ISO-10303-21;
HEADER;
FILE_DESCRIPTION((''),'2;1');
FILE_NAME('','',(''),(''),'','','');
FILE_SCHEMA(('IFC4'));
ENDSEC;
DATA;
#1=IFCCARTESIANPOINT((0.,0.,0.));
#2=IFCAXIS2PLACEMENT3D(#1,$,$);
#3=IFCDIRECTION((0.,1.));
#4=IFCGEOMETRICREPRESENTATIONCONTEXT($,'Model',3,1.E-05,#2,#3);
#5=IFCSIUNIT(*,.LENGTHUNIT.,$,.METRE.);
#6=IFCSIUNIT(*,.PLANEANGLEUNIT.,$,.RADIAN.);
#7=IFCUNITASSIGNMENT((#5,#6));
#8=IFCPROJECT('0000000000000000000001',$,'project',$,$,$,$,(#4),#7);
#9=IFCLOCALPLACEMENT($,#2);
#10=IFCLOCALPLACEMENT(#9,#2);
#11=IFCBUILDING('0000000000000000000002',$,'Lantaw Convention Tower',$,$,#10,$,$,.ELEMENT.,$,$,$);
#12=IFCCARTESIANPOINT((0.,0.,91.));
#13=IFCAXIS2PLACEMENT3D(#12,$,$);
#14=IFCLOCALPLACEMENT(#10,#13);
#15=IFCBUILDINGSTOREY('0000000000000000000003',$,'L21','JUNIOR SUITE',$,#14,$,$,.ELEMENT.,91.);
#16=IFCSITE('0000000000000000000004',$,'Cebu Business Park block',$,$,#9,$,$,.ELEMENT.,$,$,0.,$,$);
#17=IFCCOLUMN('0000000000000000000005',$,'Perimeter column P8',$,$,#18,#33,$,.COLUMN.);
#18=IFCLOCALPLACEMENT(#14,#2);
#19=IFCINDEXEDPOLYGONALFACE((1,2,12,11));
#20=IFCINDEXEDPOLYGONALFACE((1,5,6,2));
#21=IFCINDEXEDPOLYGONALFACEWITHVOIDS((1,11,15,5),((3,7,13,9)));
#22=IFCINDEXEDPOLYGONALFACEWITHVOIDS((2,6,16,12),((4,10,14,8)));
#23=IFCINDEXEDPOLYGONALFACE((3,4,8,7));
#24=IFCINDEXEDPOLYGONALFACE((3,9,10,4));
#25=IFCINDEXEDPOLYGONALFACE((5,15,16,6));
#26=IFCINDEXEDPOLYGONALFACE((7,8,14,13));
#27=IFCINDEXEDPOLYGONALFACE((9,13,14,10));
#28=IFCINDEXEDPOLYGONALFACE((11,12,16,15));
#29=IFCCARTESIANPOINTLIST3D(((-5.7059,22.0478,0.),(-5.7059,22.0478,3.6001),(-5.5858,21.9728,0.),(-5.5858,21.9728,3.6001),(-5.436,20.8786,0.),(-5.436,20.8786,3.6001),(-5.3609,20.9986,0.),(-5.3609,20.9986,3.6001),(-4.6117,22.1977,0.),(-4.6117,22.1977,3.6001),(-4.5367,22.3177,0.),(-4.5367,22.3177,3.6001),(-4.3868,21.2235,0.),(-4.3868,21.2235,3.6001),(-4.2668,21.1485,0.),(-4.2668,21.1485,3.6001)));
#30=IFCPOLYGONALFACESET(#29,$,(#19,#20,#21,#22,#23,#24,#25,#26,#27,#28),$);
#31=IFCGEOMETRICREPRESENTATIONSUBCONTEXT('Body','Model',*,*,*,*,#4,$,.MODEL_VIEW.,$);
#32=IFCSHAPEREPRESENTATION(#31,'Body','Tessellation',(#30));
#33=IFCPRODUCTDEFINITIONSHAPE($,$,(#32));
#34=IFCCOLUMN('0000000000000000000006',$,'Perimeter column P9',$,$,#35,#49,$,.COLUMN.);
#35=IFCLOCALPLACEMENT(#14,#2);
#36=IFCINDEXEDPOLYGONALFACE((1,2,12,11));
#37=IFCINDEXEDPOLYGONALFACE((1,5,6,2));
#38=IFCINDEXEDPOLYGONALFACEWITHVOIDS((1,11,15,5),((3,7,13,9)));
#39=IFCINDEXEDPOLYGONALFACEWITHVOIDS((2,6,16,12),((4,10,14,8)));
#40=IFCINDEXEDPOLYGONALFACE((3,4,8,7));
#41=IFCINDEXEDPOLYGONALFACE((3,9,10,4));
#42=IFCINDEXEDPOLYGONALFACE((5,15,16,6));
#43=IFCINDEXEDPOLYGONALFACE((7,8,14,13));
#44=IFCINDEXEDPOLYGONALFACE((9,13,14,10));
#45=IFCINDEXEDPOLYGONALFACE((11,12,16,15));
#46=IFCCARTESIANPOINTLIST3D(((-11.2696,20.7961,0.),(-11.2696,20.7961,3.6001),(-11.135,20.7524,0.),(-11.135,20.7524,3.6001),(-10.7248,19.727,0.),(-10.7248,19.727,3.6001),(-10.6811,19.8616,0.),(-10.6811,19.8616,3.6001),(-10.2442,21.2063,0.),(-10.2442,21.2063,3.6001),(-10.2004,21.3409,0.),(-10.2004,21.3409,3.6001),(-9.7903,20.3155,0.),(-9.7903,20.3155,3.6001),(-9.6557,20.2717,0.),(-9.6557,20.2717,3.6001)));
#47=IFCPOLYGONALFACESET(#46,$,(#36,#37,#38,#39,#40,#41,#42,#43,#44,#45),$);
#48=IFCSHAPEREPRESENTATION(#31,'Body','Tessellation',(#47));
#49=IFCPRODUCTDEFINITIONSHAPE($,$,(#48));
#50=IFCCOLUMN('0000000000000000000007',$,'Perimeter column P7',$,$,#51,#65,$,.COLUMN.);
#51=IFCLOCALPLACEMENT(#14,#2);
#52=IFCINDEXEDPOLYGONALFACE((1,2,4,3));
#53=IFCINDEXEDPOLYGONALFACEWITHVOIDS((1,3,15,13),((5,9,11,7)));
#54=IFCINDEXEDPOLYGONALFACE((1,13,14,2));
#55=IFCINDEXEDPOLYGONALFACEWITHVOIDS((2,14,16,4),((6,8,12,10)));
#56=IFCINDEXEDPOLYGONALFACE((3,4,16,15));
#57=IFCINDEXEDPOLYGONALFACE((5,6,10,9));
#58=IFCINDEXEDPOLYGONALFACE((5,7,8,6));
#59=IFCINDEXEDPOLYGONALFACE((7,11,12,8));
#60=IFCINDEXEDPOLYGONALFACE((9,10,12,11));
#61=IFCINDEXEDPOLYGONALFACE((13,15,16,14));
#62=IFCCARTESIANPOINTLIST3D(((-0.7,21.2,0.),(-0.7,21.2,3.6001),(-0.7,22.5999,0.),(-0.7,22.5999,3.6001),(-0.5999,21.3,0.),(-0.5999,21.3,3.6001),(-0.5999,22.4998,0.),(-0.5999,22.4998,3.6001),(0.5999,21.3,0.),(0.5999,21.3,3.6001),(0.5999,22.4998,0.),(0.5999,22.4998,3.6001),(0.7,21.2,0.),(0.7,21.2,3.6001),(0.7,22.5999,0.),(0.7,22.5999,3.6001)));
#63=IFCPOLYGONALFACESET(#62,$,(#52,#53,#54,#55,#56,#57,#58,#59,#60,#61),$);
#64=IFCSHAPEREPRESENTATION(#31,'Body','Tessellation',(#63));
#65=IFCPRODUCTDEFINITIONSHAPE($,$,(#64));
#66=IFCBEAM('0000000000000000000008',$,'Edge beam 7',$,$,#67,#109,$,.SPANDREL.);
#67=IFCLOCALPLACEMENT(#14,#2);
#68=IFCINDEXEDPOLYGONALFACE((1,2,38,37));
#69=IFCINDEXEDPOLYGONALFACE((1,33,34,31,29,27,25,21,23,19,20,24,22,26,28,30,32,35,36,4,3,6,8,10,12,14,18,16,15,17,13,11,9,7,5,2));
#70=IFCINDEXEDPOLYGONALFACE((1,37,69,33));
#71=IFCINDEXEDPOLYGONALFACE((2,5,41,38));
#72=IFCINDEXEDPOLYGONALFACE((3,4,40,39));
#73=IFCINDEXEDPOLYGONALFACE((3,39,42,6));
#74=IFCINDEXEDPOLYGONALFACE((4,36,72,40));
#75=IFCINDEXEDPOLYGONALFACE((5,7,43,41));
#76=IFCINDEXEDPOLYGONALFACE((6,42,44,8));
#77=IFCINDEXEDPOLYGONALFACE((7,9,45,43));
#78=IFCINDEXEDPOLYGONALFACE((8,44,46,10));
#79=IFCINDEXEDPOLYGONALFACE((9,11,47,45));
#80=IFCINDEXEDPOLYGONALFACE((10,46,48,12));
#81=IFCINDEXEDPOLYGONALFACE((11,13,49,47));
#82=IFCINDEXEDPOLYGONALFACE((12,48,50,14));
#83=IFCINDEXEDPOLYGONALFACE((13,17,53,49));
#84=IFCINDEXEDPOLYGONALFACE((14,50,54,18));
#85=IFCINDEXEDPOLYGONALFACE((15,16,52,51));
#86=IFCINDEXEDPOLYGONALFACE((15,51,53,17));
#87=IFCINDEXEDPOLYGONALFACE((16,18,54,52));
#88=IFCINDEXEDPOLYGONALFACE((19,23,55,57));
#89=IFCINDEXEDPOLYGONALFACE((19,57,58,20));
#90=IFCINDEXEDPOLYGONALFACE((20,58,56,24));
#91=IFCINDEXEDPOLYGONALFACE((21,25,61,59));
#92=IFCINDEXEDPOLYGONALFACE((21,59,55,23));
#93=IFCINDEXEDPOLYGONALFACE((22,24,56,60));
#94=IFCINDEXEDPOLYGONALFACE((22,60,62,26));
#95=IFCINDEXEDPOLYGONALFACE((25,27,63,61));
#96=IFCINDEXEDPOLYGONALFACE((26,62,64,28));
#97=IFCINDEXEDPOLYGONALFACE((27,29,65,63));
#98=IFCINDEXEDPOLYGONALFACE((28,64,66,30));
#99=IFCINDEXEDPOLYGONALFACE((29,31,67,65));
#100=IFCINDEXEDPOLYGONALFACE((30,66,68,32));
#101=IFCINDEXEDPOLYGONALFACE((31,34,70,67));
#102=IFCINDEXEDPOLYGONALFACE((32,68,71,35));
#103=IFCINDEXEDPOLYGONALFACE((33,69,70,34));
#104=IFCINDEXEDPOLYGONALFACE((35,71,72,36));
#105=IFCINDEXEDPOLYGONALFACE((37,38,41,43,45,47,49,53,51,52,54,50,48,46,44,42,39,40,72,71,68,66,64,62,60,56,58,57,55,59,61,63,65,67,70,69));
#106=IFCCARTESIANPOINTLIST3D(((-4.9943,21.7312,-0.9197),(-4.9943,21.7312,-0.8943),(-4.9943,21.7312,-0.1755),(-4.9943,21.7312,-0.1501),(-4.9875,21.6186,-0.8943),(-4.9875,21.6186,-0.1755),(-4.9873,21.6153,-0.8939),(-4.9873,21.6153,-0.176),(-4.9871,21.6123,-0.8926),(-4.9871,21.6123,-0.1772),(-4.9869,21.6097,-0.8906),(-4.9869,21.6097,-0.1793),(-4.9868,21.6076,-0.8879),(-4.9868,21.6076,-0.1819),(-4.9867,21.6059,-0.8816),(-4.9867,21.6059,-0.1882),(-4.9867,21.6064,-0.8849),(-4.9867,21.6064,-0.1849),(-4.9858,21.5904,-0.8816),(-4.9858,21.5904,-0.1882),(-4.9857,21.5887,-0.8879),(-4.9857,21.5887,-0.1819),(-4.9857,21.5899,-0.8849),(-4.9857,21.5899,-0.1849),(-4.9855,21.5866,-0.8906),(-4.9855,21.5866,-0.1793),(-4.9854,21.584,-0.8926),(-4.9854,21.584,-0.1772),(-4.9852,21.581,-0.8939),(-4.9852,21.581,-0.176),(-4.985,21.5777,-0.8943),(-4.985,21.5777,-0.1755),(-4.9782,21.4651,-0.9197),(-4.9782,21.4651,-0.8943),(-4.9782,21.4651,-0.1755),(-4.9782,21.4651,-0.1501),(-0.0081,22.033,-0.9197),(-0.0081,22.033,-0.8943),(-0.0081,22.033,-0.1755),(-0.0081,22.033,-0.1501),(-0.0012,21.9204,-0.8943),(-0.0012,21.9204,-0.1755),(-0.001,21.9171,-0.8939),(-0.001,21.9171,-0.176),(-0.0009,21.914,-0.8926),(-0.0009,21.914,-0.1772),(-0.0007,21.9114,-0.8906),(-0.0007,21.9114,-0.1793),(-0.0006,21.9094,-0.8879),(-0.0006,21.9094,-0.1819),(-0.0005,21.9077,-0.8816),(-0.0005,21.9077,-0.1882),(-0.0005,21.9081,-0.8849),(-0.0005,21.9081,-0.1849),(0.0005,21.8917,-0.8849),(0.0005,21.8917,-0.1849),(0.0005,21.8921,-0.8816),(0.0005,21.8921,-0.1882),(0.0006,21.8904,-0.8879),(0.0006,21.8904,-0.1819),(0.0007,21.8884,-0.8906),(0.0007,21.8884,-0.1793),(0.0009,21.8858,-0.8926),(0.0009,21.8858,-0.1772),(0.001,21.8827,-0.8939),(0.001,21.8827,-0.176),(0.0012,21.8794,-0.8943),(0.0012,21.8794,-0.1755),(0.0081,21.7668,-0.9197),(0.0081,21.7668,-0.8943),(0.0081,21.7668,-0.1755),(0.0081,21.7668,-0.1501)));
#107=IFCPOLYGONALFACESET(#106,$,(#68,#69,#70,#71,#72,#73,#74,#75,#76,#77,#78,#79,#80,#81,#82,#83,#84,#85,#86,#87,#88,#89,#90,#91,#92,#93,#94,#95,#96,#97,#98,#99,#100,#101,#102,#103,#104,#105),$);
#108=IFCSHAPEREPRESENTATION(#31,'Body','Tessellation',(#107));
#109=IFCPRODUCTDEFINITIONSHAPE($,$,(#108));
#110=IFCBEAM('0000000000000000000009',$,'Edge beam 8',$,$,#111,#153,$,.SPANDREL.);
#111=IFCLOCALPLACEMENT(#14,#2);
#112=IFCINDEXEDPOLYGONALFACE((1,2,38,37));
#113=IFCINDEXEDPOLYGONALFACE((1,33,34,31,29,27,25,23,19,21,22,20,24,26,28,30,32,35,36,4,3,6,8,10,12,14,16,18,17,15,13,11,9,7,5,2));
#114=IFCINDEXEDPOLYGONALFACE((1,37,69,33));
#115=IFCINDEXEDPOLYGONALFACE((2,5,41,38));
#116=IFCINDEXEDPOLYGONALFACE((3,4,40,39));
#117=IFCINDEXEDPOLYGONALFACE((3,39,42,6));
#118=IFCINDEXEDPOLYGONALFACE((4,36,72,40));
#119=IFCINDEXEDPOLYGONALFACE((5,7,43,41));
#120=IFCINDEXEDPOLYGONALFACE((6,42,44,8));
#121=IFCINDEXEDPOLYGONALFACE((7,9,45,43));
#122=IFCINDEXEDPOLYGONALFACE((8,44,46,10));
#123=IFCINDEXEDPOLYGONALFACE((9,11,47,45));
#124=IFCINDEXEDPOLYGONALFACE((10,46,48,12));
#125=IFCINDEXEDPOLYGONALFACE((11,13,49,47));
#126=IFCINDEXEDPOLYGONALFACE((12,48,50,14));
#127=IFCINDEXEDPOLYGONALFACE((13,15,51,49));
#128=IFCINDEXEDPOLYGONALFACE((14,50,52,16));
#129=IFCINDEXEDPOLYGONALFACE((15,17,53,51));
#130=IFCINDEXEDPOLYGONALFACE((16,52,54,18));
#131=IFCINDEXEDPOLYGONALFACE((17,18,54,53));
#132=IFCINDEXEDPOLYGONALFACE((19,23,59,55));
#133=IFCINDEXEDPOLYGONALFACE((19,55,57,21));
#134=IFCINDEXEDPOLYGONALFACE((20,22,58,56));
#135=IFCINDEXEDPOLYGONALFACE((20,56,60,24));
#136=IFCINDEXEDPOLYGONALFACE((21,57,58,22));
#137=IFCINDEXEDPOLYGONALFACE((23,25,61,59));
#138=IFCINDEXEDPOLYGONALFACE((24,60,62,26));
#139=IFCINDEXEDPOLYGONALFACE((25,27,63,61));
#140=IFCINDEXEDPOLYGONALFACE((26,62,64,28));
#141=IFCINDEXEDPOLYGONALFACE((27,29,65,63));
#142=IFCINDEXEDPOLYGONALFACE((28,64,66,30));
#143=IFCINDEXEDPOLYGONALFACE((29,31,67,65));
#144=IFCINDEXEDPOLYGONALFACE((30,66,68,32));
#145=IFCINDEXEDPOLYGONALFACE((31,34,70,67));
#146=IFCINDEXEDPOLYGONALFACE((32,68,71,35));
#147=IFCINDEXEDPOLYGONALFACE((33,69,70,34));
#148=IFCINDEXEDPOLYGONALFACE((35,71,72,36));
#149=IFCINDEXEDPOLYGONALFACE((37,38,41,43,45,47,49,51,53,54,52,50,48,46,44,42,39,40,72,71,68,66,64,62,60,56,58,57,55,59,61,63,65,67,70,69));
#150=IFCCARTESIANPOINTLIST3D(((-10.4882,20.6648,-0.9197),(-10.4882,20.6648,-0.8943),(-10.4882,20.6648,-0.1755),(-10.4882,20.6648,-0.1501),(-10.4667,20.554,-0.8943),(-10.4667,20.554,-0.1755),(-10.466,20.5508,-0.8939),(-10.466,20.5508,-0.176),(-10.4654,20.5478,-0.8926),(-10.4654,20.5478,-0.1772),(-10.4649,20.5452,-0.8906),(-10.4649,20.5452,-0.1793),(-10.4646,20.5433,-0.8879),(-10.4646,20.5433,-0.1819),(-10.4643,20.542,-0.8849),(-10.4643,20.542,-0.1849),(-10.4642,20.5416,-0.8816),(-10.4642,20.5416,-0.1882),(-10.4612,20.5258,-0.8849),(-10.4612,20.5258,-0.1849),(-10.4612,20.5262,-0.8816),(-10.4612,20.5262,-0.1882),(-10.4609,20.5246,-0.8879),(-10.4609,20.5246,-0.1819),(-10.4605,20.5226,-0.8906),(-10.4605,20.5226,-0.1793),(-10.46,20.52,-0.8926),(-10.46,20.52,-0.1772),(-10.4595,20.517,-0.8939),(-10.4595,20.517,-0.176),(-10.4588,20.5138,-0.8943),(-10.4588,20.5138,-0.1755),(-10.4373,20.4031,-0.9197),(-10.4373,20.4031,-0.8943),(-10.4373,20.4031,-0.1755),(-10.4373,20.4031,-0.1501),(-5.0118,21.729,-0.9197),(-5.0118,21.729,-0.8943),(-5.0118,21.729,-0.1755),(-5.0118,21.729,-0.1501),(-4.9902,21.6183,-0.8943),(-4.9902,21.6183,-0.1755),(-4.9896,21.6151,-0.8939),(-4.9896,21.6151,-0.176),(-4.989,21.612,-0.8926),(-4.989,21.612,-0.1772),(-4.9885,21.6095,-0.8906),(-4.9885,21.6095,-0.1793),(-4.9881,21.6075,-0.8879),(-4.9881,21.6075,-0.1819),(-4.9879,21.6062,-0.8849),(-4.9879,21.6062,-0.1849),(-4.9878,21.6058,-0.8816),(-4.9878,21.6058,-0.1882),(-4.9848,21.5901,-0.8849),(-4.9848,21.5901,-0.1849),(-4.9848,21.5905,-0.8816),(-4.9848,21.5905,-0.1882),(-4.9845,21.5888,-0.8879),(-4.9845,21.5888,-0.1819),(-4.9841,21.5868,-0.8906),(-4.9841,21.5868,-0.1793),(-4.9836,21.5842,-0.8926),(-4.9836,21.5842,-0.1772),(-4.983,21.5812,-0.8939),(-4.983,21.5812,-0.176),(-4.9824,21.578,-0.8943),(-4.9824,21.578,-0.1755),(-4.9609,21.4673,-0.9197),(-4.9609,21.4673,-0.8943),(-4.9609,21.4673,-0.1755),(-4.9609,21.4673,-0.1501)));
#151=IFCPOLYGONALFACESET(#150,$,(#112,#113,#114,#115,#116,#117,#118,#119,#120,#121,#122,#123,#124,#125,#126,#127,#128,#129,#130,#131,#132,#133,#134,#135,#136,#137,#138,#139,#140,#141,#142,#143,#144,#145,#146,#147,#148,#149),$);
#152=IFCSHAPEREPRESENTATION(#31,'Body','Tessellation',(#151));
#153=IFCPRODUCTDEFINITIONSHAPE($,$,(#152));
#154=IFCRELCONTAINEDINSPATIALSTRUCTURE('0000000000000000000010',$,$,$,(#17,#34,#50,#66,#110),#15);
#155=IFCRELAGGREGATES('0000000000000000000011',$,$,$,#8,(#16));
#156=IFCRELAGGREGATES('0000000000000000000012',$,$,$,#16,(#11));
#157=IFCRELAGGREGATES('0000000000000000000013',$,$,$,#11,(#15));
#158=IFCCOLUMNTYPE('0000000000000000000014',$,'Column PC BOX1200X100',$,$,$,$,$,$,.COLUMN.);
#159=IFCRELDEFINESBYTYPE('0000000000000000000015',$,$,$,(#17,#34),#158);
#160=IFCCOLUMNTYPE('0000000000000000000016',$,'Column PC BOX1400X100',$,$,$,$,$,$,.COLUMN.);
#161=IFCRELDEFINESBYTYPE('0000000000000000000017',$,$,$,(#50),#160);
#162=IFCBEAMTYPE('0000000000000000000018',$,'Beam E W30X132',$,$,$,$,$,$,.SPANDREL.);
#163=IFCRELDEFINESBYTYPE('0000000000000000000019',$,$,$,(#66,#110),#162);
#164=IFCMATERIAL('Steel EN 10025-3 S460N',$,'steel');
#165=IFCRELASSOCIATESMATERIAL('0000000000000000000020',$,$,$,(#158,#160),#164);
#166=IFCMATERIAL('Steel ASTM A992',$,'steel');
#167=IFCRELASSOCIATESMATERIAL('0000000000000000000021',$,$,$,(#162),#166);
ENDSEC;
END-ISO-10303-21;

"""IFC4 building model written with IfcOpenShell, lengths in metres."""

from ifc_helpers import new_model, si_unit, direction, frame, origin, origin_2d, place, context, subcontext, project, spatial, rectangle, hollow_rectangle, i_section, extrude, material, material_profile, profile_set, type_object, element, save


model = new_model("IFC4")

# Units and contexts
model_context = context("Model", 3, precision=1e-05, world=origin(), true_north=direction((0.0, 1.0)))
body_context = subcontext(model_context, "Body", "Model", "MODEL_VIEW")
ifc_project = project(units=[si_unit("LENGTHUNIT", "METRE"), si_unit("PLANEANGLEUNIT", "RADIAN")], contexts=[model_context])

# Site, building, storey
site_placement = place(None, origin())
site = spatial("IfcSite", under=ifc_project, at=site_placement, Name="Cebu Business Park block", CompositionType="ELEMENT", RefElevation=0.0)
building_placement = place(site_placement, origin())
building = spatial("IfcBuilding", under=site, at=building_placement, Name="Lantaw Convention Tower", CompositionType="ELEMENT")
storey_placement = place(building_placement, frame((0.0, 0.0, 91.0)))
storey = spatial("IfcBuildingStorey", under=building, at=storey_placement, Name="L21", Description="JUNIOR SUITE", CompositionType="ELEMENT", Elevation=91.0)

# Columns
ifc_material_1 = material(Name="Steel EN 10025-3 S460N", Category="steel")
ifc_material_profile_1 = material_profile(ifc_material_1, hollow_rectangle(XDim=1.2, YDim=1.2, WallThickness=0.1001, at=origin_2d()), Name="BOX1200X100")
ifc_material_2 = material(Name="Concrete C60/75", Category="concrete")
ifc_material_profile_2 = material_profile(ifc_material_2, rectangle(XDim=1.0, YDim=1.0, at=origin_2d()), Name="Concrete fill of BOX1200X100")
ifc_profile_set_1 = profile_set([ifc_material_profile_1, ifc_material_profile_2], Name="Steel EN 10025-3 S460N")
column_type_1 = type_object("IfcColumnType", Name="Column PC BOX1200X100", PredefinedType="COLUMN", material=ifc_profile_set_1)
for number, where, z_axis, x_axis, name in (
    (1, (-4.9863, 21.5981, 0.0), (0.0, 0.0, 1.0), (0.97437, 0.224951, 0.0), "Perimeter column P8"),
    (2, (-10.4626, 20.5339, 0.0), (0.0, 0.0, 1.0), (0.891007, 0.45399, 0.0), "Perimeter column P9"),
):
    element("IfcColumn", number, at=place(storey_placement, frame(where, z_axis=z_axis, x_axis=x_axis)), inside=storey, type_object=column_type_1, Name=name, PredefinedType="COLUMN", context=body_context, shape_type="SweptSolid", body=[
        extrude(hollow_rectangle(XDim=1.2, YDim=1.2, WallThickness=0.1001, at=origin_2d()), origin(), (0.0, 0.0, 1.0), 3.6001),
    ])
ifc_material_profile_3 = material_profile(ifc_material_1, hollow_rectangle(XDim=1.3999, YDim=1.3999, WallThickness=0.1001, at=origin_2d()), Name="BOX1400X100")
ifc_material_profile_4 = material_profile(ifc_material_2, rectangle(XDim=1.2, YDim=1.2, at=origin_2d()), Name="Concrete fill of BOX1400X100")
ifc_profile_set_2 = profile_set([ifc_material_profile_3, ifc_material_profile_4], Name="Steel EN 10025-3 S460N")
column_type_2 = type_object("IfcColumnType", Name="Column PC BOX1400X100", PredefinedType="COLUMN", material=ifc_profile_set_2)
column_placement = place(storey_placement, frame((0.0, 21.8999, 0.0), z_axis=(0.0, 0.0, 1.0), x_axis=(1.0, 0.0, 0.0)))
element("IfcColumn", 3, at=column_placement, inside=storey, type_object=column_type_2, Name="Perimeter column P7", PredefinedType="COLUMN", context=body_context, shape_type="SweptSolid", body=[
    extrude(hollow_rectangle(XDim=1.3999, YDim=1.3999, WallThickness=0.1001, at=origin_2d()), origin(), (0.0, 0.0, 1.0), 3.6001),
])

# Beams
ifc_material_3 = material(Name="Steel ASTM A992", Category="steel")
ifc_material_profile_5 = material_profile(ifc_material_3, i_section(OverallWidth=0.2666, OverallDepth=0.7695, WebThickness=0.0156, FlangeThickness=0.0254, FilletRadius=0.0127, at=origin_2d()), Name="W30X132")
ifc_profile_set_3 = profile_set([ifc_material_profile_5], Name="Steel ASTM A992")
beam_type = type_object("IfcBeamType", Name="Beam E W30X132", PredefinedType="SPANDREL", material=ifc_profile_set_3)
beam_1_placement = place(storey_placement, frame((0.0, 21.8999, -0.5349), z_axis=(-0.998174, -0.060407, 0.0), x_axis=(0.060407, -0.998174, 0.0)))
element("IfcBeam", 4, at=beam_1_placement, inside=storey, type_object=beam_type, Name="Edge beam 7", PredefinedType="SPANDREL", context=body_context, shape_type="SweptSolid", body=[
    extrude(i_section(OverallWidth=0.2666, OverallDepth=0.7695, WebThickness=0.0156, FlangeThickness=0.0254, FilletRadius=0.0127, at=origin_2d()), origin(), (0.0, 0.0, 1.0), 4.9954),
])
beam_2_placement = place(storey_placement, frame((-4.9863, 21.5981, -0.5349), z_axis=(-0.981637, -0.190761, 0.0), x_axis=(0.190761, -0.981637, 0.0)))
element("IfcBeam", 5, at=beam_2_placement, inside=storey, type_object=beam_type, Name="Edge beam 8", PredefinedType="SPANDREL", context=body_context, shape_type="SweptSolid", body=[
    extrude(i_section(OverallWidth=0.2666, OverallDepth=0.7695, WebThickness=0.0156, FlangeThickness=0.0254, FilletRadius=0.0127, at=origin_2d()), origin(), (0.0, 0.0, 1.0), 5.5789),
])

save(model, "model.ifc")
